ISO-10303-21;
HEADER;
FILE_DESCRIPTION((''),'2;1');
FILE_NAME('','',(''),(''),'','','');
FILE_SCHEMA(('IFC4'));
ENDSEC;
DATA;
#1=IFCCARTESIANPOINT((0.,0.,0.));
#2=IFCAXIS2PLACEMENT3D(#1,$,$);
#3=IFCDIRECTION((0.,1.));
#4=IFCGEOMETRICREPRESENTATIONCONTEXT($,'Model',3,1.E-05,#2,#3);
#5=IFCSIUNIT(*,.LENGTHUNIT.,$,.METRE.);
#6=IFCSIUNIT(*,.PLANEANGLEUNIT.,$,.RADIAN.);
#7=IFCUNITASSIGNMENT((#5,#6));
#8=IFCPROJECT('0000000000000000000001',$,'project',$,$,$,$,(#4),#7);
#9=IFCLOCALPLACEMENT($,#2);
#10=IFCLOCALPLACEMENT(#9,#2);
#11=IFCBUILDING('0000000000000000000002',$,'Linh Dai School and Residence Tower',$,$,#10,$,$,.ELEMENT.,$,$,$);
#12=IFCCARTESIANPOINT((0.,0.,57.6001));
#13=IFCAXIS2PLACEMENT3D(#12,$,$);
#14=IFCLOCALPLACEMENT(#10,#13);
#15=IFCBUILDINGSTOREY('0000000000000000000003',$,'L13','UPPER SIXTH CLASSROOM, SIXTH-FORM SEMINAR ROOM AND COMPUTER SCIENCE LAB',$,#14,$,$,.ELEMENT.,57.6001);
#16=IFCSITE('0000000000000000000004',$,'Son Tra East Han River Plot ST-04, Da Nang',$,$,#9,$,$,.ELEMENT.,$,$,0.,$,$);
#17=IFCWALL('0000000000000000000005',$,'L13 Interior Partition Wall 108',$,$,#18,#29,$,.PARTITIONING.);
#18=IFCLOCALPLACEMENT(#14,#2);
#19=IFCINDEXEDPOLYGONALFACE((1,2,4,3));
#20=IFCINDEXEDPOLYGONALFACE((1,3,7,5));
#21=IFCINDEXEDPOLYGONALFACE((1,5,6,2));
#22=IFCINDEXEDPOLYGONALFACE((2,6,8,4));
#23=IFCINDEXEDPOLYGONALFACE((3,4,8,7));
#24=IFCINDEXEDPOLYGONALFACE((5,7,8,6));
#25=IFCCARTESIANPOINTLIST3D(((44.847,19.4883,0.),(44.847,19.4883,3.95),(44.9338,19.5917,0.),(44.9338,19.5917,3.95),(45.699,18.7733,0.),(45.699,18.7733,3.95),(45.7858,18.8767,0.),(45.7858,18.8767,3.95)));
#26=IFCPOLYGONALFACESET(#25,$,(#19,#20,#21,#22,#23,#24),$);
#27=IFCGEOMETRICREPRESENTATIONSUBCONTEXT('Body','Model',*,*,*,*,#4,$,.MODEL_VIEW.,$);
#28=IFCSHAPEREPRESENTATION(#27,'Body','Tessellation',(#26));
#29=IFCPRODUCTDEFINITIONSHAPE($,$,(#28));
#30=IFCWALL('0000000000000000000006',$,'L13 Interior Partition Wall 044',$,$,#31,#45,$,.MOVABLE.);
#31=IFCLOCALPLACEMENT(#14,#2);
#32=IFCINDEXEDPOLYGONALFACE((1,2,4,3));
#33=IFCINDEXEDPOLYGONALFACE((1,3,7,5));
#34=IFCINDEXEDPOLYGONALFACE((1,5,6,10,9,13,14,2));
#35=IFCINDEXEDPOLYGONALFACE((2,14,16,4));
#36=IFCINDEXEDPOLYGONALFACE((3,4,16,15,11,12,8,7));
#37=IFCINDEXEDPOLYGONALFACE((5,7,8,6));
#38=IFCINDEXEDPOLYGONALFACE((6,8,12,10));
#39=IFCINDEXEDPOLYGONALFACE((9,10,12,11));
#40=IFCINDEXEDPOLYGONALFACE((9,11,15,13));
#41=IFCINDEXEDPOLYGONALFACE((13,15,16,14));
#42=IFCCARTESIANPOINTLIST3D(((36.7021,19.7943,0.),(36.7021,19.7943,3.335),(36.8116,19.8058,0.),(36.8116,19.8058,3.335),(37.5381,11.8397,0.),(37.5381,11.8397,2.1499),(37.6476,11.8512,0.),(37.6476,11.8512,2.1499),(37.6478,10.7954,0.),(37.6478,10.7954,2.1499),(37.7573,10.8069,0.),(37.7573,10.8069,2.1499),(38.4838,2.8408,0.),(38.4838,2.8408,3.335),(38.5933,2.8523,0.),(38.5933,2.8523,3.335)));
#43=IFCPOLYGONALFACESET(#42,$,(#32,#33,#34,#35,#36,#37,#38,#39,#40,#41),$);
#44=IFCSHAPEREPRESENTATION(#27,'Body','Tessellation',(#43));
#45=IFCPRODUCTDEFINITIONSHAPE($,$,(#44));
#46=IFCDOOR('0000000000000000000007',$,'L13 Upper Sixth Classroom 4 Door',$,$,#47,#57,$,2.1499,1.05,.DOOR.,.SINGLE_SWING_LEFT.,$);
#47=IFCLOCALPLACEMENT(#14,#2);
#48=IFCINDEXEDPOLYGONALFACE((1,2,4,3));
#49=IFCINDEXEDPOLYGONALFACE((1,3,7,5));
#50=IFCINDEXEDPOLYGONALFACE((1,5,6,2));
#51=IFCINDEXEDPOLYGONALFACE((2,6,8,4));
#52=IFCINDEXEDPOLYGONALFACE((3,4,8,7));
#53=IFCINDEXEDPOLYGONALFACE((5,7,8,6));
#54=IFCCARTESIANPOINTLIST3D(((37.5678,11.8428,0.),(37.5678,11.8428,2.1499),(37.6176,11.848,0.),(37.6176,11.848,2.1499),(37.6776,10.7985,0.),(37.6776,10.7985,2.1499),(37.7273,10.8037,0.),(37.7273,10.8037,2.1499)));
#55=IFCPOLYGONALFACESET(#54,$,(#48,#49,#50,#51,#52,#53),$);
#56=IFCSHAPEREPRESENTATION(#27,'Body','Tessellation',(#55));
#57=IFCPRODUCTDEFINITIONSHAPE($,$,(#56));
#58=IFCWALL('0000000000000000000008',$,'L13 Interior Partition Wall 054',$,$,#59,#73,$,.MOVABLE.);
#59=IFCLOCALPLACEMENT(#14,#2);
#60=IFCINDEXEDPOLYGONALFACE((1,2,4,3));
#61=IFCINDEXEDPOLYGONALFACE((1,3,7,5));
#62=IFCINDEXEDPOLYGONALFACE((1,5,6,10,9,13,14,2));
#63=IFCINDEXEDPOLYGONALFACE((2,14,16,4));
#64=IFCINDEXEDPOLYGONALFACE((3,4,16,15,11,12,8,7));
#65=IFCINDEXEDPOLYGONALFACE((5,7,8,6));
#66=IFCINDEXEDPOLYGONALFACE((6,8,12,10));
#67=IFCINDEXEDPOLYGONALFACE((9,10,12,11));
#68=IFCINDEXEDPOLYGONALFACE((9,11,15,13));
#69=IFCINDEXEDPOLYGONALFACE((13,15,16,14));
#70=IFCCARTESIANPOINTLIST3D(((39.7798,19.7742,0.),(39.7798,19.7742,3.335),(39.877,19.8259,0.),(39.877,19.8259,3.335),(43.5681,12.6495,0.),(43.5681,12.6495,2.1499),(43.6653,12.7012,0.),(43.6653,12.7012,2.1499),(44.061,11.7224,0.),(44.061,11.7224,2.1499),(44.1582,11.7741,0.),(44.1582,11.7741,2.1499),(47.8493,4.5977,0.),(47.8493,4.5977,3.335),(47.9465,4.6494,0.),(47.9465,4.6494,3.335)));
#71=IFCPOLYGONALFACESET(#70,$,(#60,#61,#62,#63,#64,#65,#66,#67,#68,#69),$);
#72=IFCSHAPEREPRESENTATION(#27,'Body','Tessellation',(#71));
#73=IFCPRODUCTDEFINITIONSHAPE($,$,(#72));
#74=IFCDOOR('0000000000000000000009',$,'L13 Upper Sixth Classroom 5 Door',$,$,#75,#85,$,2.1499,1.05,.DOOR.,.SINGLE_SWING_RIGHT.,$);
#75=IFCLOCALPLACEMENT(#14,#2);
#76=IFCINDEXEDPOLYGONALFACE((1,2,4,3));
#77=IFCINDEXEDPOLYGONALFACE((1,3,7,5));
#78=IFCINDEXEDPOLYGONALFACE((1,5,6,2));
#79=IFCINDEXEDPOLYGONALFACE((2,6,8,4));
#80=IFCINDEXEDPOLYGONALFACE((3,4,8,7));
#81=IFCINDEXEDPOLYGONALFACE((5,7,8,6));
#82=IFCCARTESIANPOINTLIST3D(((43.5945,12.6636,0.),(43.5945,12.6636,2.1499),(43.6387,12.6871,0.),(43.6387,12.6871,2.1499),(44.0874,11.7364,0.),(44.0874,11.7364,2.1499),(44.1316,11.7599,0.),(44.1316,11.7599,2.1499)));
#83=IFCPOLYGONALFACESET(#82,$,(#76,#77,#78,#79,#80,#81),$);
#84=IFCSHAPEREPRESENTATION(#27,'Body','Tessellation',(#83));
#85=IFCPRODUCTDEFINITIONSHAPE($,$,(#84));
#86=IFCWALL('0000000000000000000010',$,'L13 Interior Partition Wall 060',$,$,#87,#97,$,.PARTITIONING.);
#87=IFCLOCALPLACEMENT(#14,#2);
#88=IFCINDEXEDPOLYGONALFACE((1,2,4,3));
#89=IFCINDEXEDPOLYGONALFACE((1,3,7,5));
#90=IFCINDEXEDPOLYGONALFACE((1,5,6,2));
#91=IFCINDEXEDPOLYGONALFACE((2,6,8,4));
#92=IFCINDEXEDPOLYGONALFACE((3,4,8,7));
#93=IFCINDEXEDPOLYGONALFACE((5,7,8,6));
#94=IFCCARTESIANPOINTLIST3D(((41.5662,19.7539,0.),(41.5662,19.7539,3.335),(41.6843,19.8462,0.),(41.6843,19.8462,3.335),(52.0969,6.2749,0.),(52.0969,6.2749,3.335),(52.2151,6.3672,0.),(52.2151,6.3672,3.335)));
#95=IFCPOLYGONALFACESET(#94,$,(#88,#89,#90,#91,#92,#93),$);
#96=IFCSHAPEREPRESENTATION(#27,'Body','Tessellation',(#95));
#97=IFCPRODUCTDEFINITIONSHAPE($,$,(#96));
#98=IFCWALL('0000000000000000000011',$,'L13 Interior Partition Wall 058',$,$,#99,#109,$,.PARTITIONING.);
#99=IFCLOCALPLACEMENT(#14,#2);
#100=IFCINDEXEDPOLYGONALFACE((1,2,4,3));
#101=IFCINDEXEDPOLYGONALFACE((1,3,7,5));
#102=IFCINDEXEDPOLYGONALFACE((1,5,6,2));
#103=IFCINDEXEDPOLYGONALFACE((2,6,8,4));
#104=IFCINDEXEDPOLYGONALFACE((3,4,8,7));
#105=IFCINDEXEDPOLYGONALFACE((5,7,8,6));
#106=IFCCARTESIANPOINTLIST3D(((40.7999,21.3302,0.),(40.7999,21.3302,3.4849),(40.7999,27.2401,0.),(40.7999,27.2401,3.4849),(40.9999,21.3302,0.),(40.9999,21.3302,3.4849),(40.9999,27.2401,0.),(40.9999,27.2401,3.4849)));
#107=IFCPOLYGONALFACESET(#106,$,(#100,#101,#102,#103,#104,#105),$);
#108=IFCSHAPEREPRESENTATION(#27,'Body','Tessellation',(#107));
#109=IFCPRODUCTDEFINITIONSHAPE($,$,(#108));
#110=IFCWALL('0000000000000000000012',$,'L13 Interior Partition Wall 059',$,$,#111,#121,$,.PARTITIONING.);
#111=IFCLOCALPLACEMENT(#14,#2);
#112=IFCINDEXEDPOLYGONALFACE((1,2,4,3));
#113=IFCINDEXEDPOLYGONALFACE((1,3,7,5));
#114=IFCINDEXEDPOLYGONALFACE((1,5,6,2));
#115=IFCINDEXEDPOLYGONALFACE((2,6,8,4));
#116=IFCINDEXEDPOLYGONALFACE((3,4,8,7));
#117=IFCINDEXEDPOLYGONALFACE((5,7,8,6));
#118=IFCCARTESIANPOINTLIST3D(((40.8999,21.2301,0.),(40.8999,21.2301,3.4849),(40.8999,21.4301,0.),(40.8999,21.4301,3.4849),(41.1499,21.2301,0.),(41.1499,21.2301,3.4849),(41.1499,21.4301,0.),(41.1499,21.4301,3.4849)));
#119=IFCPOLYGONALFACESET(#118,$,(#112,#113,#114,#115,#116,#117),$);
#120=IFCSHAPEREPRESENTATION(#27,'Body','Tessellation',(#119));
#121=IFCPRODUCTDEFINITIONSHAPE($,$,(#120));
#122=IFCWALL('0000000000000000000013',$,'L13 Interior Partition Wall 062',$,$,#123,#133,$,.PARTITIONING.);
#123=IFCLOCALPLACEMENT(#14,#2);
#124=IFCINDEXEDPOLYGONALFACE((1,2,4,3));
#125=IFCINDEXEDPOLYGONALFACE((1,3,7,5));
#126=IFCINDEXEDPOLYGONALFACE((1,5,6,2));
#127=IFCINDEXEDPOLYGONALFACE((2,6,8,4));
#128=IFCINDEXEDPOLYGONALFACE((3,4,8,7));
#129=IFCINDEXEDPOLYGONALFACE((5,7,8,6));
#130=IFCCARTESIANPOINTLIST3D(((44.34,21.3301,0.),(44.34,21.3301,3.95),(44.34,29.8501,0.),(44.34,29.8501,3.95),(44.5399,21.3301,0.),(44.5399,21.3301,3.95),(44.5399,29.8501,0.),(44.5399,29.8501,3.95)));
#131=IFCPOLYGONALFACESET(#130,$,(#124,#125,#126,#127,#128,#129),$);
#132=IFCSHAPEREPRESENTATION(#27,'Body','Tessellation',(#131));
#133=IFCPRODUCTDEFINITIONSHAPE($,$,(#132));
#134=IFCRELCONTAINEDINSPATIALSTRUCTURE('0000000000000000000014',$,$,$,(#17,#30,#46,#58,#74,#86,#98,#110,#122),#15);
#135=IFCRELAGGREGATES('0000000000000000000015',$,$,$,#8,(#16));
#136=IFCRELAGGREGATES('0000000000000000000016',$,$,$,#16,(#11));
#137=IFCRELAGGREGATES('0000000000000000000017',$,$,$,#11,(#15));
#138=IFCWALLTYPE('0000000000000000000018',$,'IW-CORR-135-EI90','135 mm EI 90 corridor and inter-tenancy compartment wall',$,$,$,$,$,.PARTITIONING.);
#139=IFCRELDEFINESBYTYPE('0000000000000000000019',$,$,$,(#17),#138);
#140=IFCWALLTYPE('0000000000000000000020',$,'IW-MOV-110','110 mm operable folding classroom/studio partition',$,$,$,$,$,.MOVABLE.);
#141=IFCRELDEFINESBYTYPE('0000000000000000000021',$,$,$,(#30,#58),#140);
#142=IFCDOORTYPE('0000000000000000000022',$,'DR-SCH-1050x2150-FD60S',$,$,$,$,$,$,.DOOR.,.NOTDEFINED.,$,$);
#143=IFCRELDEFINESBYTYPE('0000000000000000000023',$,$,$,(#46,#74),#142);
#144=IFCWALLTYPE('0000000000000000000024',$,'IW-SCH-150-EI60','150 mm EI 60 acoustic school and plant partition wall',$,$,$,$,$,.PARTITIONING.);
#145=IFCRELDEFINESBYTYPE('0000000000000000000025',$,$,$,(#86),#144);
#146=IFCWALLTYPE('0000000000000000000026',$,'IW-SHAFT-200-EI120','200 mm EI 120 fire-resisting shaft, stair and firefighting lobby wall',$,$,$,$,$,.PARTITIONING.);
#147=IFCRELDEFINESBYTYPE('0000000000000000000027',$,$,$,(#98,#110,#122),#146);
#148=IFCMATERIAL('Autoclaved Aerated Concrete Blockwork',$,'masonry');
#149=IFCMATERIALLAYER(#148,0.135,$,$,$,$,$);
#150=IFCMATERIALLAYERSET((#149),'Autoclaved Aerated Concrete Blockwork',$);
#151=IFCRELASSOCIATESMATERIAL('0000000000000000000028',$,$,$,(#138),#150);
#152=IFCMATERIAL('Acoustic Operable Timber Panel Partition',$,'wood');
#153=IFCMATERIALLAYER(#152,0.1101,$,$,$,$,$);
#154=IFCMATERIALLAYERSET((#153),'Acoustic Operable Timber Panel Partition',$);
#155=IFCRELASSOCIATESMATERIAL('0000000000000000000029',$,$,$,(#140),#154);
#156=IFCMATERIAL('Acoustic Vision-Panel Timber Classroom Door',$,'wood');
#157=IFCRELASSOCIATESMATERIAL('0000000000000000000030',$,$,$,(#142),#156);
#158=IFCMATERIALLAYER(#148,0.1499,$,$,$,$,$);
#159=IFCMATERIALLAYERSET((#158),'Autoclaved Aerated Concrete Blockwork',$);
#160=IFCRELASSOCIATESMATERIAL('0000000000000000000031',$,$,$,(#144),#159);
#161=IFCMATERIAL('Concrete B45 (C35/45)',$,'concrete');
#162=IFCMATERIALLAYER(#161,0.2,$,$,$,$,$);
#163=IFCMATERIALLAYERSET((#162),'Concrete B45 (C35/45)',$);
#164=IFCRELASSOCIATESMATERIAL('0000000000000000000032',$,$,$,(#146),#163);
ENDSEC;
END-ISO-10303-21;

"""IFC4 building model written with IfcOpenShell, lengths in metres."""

from ifc_helpers import new_model, si_unit, direction, frame, frame_2d, origin, origin_2d, place, context, subcontext, project, spatial, rectangle, extrude, source, transform, mapped, material, layer, layer_set, type_object, element, fill, save


model = new_model("IFC4")

# Units and contexts
model_context = context("Model", 3, precision=1e-05, world=origin(), true_north=direction((0.0, 1.0)))
body_context = subcontext(model_context, "Body", "Model", "MODEL_VIEW")
ifc_project = project(units=[si_unit("LENGTHUNIT", "METRE"), si_unit("PLANEANGLEUNIT", "RADIAN")], contexts=[model_context])

# Site, building, storey
site_placement = place(None, origin())
site = spatial("IfcSite", under=ifc_project, at=site_placement, Name="Son Tra East Han River Plot ST-04, Da Nang", CompositionType="ELEMENT", RefElevation=0.0)
building_placement = place(site_placement, origin())
building = spatial("IfcBuilding", under=site, at=building_placement, Name="Linh Dai School and Residence Tower", CompositionType="ELEMENT")
storey_placement = place(building_placement, frame((0.0, 0.0, 57.6001)))
storey = spatial("IfcBuildingStorey", under=building, at=storey_placement, Name="L13", Description="UPPER SIXTH CLASSROOM, SIXTH-FORM SEMINAR ROOM AND COMPUTER SCIENCE LAB", CompositionType="ELEMENT", Elevation=57.6001)

# Wall
ifc_material_1 = material(Name="Autoclaved Aerated Concrete Blockwork", Category="masonry")
ifc_layer_1 = layer(ifc_material_1, 0.135)
ifc_layer_set_1 = layer_set([ifc_layer_1], Name="Autoclaved Aerated Concrete Blockwork")
wall_type_1 = type_object("IfcWallType", Name="IW-CORR-135-EI90", Description="135 mm EI 90 corridor and inter-tenancy compartment wall", PredefinedType="PARTITIONING", material=ifc_layer_set_1)
wall_1_placement = place(storey_placement, frame((44.8904, 19.54, 0.0), z_axis=(0.0, 0.0, 1.0), x_axis=(0.765986, -0.642857, 0.0)))
element("IfcWall", 1, at=wall_1_placement, inside=storey, type_object=wall_type_1, Name="L13 Interior Partition Wall 108", PredefinedType="PARTITIONING", context=body_context, shape_type="SweptSolid", body=[
    extrude(rectangle(XDim=1.1123, YDim=0.135, at=frame_2d((0.5562, 0.0))), origin(), (0.0, 0.0, 1.0), 3.95),
])

# Walls, openings, doors
ifc_material_2 = material(Name="Acoustic Operable Timber Panel Partition", Category="wood")
ifc_layer_2 = layer(ifc_material_2, 0.1101)
ifc_layer_set_2 = layer_set([ifc_layer_2], Name="Acoustic Operable Timber Panel Partition")
wall_type_2 = type_object("IfcWallType", Name="IW-MOV-110", Description="110 mm operable folding classroom/studio partition", PredefinedType="MOVABLE", material=ifc_layer_set_2)
wall_2_placement = place(storey_placement, frame((36.7568, 19.8, 0.0), z_axis=(0.0, 0.0, 1.0), x_axis=(0.104519, -0.994523, 0.0)))
wall_2 = element("IfcWall", 2, at=wall_2_placement, inside=storey, type_object=wall_type_2, Name="L13 Interior Partition Wall 044", PredefinedType="MOVABLE", context=body_context, shape_type="SweptSolid", body=[
    extrude(rectangle(XDim=17.0469, YDim=0.1101, at=frame_2d((8.5234, 0.0))), origin(), (0.0, 0.0, 1.0), 3.335),
])
opening_1_placement = place(wall_2_placement, frame((7.9985, 0.0, 0.0)))
opening_1 = element("IfcOpeningElement", 3, at=opening_1_placement, cuts=wall_2, PredefinedType="OPENING", context=body_context, shape_type="SweptSolid", body=[
    extrude(rectangle(XDim=1.05, YDim=2.1499, at=origin_2d()), frame((0.5249, 0.0649, 1.075), z_axis=(0.0, -1.0, 0.0), x_axis=(1.0, 0.0, 0.0)), (0.0, 0.0, 1.0), 0.1301),
])
ifc_material_3 = material(Name="Acoustic Vision-Panel Timber Classroom Door", Category="wood")
door_type_1 = type_object("IfcDoorType", Name="DR-SCH-1050x2150-FD60S", OperationType="NOTDEFINED", PredefinedType="DOOR", material=ifc_material_3)
shared_shape_1 = source(origin(), body_context, "Body", "SweptSolid", [
    extrude(rectangle(XDim=1.05, YDim=2.1499, at=origin_2d()), frame((0.5249, 0.0249, 1.075), z_axis=(0.0, -1.0, 0.0), x_axis=(1.0, 0.0, 0.0)), (0.0, 0.0, 1.0), 0.05),
])
door_1_placement = place(opening_1_placement, origin())
door_1 = element("IfcDoor", 4, at=door_1_placement, inside=storey, type_object=door_type_1, Name="L13 Upper Sixth Classroom 4 Door", OperationType="SINGLE_SWING_LEFT", OverallHeight=2.1499, OverallWidth=1.05, PredefinedType="DOOR", context=body_context, shape_type="MappedRepresentation", body=[
    mapped(shared_shape_1, transform((0.0, 0.0, 0.0), x_axis=(1.0, 0.0, 0.0), y_axis=(0.0, 1.0, 0.0), z_axis=(0.0, 0.0, 1.0), scale=1.0)),
])
fill(opening_1, door_1)
wall_3_placement = place(storey_placement, frame((39.8284, 19.8, 0.0), z_axis=(0.0, 0.0, 1.0), x_axis=(0.469475, -0.882946, 0.0)))
wall_3 = element("IfcWall", 5, at=wall_3_placement, inside=storey, type_object=wall_type_2, Name="L13 Interior Partition Wall 054", PredefinedType="MOVABLE", context=body_context, shape_type="SweptSolid", body=[
    extrude(rectangle(XDim=17.1885, YDim=0.1101, at=frame_2d((8.5942, 0.0))), origin(), (0.0, 0.0, 1.0), 3.335),
])
opening_2_placement = place(wall_3_placement, frame((8.0693, 0.0, 0.0)))
opening_2 = element("IfcOpeningElement", 6, at=opening_2_placement, cuts=wall_3, PredefinedType="OPENING", context=body_context, shape_type="SweptSolid", body=[
    extrude(rectangle(XDim=1.05, YDim=2.1499, at=origin_2d()), frame((0.5249, 0.0649, 1.075), z_axis=(0.0, -1.0, 0.0), x_axis=(1.0, 0.0, 0.0)), (0.0, 0.0, 1.0), 0.1301),
])
door_2_placement = place(opening_2_placement, origin())
door_2 = element("IfcDoor", 7, at=door_2_placement, inside=storey, type_object=door_type_1, Name="L13 Upper Sixth Classroom 5 Door", OperationType="SINGLE_SWING_RIGHT", OverallHeight=2.1499, OverallWidth=1.05, PredefinedType="DOOR", context=body_context, shape_type="MappedRepresentation", body=[
    mapped(shared_shape_1, transform((0.0, 0.0, 0.0), x_axis=(1.0, 0.0, 0.0), y_axis=(0.0, 1.0, 0.0), z_axis=(0.0, 0.0, 1.0), scale=1.0)),
])
fill(opening_2, door_2)

# Walls
ifc_layer_3 = layer(ifc_material_1, 0.1499)
ifc_layer_set_3 = layer_set([ifc_layer_3], Name="Autoclaved Aerated Concrete Blockwork")
wall_type_3 = type_object("IfcWallType", Name="IW-SCH-150-EI60", Description="150 mm EI 60 acoustic school and plant partition wall", PredefinedType="PARTITIONING", material=ifc_layer_set_3)
wall_4_placement = place(storey_placement, frame((41.6252, 19.8, 0.0), z_axis=(0.0, 0.0, 1.0), x_axis=(0.615655, -0.788016, 0.0)))
element("IfcWall", 8, at=wall_4_placement, inside=storey, type_object=wall_type_3, Name="L13 Interior Partition Wall 060", PredefinedType="PARTITIONING", context=body_context, shape_type="SweptSolid", body=[
    extrude(rectangle(XDim=17.105, YDim=0.1499, at=frame_2d((8.5525, 0.0))), origin(), (0.0, 0.0, 1.0), 3.335),
])
ifc_material_4 = material(Name="Concrete B45 (C35/45)", Category="concrete")
ifc_layer_4 = layer(ifc_material_4, 0.2)
ifc_layer_set_4 = layer_set([ifc_layer_4], Name="Concrete B45 (C35/45)")
wall_type_4 = type_object("IfcWallType", Name="IW-SHAFT-200-EI120", Description="200 mm EI 120 fire-resisting shaft, stair and firefighting lobby wall", PredefinedType="PARTITIONING", material=ifc_layer_set_4)
wall_5_placement = place(storey_placement, frame((40.8999, 21.3301, 0.0), z_axis=(0.0, 0.0, 1.0), x_axis=(0.0, 1.0, 0.0)))
element("IfcWall", 9, at=wall_5_placement, inside=storey, type_object=wall_type_4, Name="L13 Interior Partition Wall 058", PredefinedType="PARTITIONING", context=body_context, shape_type="SweptSolid", body=[
    extrude(rectangle(XDim=5.9099, YDim=0.2, at=frame_2d((2.9551, 0.0))), origin(), (0.0, 0.0, 1.0), 3.4849),
])
wall_6_placement = place(storey_placement, frame((40.8999, 21.3301, 0.0), z_axis=(0.0, 0.0, 1.0), x_axis=(1.0, 0.0, 0.0)))
element("IfcWall", 10, at=wall_6_placement, inside=storey, type_object=wall_type_4, Name="L13 Interior Partition Wall 059", PredefinedType="PARTITIONING", context=body_context, shape_type="SweptSolid", body=[
    extrude(rectangle(XDim=0.25, YDim=0.2, at=frame_2d((0.125, 0.0))), origin(), (0.0, 0.0, 1.0), 3.4849),
])
wall_7_placement = place(storey_placement, frame((44.4399, 21.3301, 0.0), z_axis=(0.0, 0.0, 1.0), x_axis=(0.0, 1.0, 0.0)))
element("IfcWall", 11, at=wall_7_placement, inside=storey, type_object=wall_type_4, Name="L13 Interior Partition Wall 062", PredefinedType="PARTITIONING", context=body_context, shape_type="SweptSolid", body=[
    extrude(rectangle(XDim=8.52, YDim=0.2, at=frame_2d((4.26, 0.0))), origin(), (0.0, 0.0, 1.0), 3.95),
])

save(model, "model.ifc")
